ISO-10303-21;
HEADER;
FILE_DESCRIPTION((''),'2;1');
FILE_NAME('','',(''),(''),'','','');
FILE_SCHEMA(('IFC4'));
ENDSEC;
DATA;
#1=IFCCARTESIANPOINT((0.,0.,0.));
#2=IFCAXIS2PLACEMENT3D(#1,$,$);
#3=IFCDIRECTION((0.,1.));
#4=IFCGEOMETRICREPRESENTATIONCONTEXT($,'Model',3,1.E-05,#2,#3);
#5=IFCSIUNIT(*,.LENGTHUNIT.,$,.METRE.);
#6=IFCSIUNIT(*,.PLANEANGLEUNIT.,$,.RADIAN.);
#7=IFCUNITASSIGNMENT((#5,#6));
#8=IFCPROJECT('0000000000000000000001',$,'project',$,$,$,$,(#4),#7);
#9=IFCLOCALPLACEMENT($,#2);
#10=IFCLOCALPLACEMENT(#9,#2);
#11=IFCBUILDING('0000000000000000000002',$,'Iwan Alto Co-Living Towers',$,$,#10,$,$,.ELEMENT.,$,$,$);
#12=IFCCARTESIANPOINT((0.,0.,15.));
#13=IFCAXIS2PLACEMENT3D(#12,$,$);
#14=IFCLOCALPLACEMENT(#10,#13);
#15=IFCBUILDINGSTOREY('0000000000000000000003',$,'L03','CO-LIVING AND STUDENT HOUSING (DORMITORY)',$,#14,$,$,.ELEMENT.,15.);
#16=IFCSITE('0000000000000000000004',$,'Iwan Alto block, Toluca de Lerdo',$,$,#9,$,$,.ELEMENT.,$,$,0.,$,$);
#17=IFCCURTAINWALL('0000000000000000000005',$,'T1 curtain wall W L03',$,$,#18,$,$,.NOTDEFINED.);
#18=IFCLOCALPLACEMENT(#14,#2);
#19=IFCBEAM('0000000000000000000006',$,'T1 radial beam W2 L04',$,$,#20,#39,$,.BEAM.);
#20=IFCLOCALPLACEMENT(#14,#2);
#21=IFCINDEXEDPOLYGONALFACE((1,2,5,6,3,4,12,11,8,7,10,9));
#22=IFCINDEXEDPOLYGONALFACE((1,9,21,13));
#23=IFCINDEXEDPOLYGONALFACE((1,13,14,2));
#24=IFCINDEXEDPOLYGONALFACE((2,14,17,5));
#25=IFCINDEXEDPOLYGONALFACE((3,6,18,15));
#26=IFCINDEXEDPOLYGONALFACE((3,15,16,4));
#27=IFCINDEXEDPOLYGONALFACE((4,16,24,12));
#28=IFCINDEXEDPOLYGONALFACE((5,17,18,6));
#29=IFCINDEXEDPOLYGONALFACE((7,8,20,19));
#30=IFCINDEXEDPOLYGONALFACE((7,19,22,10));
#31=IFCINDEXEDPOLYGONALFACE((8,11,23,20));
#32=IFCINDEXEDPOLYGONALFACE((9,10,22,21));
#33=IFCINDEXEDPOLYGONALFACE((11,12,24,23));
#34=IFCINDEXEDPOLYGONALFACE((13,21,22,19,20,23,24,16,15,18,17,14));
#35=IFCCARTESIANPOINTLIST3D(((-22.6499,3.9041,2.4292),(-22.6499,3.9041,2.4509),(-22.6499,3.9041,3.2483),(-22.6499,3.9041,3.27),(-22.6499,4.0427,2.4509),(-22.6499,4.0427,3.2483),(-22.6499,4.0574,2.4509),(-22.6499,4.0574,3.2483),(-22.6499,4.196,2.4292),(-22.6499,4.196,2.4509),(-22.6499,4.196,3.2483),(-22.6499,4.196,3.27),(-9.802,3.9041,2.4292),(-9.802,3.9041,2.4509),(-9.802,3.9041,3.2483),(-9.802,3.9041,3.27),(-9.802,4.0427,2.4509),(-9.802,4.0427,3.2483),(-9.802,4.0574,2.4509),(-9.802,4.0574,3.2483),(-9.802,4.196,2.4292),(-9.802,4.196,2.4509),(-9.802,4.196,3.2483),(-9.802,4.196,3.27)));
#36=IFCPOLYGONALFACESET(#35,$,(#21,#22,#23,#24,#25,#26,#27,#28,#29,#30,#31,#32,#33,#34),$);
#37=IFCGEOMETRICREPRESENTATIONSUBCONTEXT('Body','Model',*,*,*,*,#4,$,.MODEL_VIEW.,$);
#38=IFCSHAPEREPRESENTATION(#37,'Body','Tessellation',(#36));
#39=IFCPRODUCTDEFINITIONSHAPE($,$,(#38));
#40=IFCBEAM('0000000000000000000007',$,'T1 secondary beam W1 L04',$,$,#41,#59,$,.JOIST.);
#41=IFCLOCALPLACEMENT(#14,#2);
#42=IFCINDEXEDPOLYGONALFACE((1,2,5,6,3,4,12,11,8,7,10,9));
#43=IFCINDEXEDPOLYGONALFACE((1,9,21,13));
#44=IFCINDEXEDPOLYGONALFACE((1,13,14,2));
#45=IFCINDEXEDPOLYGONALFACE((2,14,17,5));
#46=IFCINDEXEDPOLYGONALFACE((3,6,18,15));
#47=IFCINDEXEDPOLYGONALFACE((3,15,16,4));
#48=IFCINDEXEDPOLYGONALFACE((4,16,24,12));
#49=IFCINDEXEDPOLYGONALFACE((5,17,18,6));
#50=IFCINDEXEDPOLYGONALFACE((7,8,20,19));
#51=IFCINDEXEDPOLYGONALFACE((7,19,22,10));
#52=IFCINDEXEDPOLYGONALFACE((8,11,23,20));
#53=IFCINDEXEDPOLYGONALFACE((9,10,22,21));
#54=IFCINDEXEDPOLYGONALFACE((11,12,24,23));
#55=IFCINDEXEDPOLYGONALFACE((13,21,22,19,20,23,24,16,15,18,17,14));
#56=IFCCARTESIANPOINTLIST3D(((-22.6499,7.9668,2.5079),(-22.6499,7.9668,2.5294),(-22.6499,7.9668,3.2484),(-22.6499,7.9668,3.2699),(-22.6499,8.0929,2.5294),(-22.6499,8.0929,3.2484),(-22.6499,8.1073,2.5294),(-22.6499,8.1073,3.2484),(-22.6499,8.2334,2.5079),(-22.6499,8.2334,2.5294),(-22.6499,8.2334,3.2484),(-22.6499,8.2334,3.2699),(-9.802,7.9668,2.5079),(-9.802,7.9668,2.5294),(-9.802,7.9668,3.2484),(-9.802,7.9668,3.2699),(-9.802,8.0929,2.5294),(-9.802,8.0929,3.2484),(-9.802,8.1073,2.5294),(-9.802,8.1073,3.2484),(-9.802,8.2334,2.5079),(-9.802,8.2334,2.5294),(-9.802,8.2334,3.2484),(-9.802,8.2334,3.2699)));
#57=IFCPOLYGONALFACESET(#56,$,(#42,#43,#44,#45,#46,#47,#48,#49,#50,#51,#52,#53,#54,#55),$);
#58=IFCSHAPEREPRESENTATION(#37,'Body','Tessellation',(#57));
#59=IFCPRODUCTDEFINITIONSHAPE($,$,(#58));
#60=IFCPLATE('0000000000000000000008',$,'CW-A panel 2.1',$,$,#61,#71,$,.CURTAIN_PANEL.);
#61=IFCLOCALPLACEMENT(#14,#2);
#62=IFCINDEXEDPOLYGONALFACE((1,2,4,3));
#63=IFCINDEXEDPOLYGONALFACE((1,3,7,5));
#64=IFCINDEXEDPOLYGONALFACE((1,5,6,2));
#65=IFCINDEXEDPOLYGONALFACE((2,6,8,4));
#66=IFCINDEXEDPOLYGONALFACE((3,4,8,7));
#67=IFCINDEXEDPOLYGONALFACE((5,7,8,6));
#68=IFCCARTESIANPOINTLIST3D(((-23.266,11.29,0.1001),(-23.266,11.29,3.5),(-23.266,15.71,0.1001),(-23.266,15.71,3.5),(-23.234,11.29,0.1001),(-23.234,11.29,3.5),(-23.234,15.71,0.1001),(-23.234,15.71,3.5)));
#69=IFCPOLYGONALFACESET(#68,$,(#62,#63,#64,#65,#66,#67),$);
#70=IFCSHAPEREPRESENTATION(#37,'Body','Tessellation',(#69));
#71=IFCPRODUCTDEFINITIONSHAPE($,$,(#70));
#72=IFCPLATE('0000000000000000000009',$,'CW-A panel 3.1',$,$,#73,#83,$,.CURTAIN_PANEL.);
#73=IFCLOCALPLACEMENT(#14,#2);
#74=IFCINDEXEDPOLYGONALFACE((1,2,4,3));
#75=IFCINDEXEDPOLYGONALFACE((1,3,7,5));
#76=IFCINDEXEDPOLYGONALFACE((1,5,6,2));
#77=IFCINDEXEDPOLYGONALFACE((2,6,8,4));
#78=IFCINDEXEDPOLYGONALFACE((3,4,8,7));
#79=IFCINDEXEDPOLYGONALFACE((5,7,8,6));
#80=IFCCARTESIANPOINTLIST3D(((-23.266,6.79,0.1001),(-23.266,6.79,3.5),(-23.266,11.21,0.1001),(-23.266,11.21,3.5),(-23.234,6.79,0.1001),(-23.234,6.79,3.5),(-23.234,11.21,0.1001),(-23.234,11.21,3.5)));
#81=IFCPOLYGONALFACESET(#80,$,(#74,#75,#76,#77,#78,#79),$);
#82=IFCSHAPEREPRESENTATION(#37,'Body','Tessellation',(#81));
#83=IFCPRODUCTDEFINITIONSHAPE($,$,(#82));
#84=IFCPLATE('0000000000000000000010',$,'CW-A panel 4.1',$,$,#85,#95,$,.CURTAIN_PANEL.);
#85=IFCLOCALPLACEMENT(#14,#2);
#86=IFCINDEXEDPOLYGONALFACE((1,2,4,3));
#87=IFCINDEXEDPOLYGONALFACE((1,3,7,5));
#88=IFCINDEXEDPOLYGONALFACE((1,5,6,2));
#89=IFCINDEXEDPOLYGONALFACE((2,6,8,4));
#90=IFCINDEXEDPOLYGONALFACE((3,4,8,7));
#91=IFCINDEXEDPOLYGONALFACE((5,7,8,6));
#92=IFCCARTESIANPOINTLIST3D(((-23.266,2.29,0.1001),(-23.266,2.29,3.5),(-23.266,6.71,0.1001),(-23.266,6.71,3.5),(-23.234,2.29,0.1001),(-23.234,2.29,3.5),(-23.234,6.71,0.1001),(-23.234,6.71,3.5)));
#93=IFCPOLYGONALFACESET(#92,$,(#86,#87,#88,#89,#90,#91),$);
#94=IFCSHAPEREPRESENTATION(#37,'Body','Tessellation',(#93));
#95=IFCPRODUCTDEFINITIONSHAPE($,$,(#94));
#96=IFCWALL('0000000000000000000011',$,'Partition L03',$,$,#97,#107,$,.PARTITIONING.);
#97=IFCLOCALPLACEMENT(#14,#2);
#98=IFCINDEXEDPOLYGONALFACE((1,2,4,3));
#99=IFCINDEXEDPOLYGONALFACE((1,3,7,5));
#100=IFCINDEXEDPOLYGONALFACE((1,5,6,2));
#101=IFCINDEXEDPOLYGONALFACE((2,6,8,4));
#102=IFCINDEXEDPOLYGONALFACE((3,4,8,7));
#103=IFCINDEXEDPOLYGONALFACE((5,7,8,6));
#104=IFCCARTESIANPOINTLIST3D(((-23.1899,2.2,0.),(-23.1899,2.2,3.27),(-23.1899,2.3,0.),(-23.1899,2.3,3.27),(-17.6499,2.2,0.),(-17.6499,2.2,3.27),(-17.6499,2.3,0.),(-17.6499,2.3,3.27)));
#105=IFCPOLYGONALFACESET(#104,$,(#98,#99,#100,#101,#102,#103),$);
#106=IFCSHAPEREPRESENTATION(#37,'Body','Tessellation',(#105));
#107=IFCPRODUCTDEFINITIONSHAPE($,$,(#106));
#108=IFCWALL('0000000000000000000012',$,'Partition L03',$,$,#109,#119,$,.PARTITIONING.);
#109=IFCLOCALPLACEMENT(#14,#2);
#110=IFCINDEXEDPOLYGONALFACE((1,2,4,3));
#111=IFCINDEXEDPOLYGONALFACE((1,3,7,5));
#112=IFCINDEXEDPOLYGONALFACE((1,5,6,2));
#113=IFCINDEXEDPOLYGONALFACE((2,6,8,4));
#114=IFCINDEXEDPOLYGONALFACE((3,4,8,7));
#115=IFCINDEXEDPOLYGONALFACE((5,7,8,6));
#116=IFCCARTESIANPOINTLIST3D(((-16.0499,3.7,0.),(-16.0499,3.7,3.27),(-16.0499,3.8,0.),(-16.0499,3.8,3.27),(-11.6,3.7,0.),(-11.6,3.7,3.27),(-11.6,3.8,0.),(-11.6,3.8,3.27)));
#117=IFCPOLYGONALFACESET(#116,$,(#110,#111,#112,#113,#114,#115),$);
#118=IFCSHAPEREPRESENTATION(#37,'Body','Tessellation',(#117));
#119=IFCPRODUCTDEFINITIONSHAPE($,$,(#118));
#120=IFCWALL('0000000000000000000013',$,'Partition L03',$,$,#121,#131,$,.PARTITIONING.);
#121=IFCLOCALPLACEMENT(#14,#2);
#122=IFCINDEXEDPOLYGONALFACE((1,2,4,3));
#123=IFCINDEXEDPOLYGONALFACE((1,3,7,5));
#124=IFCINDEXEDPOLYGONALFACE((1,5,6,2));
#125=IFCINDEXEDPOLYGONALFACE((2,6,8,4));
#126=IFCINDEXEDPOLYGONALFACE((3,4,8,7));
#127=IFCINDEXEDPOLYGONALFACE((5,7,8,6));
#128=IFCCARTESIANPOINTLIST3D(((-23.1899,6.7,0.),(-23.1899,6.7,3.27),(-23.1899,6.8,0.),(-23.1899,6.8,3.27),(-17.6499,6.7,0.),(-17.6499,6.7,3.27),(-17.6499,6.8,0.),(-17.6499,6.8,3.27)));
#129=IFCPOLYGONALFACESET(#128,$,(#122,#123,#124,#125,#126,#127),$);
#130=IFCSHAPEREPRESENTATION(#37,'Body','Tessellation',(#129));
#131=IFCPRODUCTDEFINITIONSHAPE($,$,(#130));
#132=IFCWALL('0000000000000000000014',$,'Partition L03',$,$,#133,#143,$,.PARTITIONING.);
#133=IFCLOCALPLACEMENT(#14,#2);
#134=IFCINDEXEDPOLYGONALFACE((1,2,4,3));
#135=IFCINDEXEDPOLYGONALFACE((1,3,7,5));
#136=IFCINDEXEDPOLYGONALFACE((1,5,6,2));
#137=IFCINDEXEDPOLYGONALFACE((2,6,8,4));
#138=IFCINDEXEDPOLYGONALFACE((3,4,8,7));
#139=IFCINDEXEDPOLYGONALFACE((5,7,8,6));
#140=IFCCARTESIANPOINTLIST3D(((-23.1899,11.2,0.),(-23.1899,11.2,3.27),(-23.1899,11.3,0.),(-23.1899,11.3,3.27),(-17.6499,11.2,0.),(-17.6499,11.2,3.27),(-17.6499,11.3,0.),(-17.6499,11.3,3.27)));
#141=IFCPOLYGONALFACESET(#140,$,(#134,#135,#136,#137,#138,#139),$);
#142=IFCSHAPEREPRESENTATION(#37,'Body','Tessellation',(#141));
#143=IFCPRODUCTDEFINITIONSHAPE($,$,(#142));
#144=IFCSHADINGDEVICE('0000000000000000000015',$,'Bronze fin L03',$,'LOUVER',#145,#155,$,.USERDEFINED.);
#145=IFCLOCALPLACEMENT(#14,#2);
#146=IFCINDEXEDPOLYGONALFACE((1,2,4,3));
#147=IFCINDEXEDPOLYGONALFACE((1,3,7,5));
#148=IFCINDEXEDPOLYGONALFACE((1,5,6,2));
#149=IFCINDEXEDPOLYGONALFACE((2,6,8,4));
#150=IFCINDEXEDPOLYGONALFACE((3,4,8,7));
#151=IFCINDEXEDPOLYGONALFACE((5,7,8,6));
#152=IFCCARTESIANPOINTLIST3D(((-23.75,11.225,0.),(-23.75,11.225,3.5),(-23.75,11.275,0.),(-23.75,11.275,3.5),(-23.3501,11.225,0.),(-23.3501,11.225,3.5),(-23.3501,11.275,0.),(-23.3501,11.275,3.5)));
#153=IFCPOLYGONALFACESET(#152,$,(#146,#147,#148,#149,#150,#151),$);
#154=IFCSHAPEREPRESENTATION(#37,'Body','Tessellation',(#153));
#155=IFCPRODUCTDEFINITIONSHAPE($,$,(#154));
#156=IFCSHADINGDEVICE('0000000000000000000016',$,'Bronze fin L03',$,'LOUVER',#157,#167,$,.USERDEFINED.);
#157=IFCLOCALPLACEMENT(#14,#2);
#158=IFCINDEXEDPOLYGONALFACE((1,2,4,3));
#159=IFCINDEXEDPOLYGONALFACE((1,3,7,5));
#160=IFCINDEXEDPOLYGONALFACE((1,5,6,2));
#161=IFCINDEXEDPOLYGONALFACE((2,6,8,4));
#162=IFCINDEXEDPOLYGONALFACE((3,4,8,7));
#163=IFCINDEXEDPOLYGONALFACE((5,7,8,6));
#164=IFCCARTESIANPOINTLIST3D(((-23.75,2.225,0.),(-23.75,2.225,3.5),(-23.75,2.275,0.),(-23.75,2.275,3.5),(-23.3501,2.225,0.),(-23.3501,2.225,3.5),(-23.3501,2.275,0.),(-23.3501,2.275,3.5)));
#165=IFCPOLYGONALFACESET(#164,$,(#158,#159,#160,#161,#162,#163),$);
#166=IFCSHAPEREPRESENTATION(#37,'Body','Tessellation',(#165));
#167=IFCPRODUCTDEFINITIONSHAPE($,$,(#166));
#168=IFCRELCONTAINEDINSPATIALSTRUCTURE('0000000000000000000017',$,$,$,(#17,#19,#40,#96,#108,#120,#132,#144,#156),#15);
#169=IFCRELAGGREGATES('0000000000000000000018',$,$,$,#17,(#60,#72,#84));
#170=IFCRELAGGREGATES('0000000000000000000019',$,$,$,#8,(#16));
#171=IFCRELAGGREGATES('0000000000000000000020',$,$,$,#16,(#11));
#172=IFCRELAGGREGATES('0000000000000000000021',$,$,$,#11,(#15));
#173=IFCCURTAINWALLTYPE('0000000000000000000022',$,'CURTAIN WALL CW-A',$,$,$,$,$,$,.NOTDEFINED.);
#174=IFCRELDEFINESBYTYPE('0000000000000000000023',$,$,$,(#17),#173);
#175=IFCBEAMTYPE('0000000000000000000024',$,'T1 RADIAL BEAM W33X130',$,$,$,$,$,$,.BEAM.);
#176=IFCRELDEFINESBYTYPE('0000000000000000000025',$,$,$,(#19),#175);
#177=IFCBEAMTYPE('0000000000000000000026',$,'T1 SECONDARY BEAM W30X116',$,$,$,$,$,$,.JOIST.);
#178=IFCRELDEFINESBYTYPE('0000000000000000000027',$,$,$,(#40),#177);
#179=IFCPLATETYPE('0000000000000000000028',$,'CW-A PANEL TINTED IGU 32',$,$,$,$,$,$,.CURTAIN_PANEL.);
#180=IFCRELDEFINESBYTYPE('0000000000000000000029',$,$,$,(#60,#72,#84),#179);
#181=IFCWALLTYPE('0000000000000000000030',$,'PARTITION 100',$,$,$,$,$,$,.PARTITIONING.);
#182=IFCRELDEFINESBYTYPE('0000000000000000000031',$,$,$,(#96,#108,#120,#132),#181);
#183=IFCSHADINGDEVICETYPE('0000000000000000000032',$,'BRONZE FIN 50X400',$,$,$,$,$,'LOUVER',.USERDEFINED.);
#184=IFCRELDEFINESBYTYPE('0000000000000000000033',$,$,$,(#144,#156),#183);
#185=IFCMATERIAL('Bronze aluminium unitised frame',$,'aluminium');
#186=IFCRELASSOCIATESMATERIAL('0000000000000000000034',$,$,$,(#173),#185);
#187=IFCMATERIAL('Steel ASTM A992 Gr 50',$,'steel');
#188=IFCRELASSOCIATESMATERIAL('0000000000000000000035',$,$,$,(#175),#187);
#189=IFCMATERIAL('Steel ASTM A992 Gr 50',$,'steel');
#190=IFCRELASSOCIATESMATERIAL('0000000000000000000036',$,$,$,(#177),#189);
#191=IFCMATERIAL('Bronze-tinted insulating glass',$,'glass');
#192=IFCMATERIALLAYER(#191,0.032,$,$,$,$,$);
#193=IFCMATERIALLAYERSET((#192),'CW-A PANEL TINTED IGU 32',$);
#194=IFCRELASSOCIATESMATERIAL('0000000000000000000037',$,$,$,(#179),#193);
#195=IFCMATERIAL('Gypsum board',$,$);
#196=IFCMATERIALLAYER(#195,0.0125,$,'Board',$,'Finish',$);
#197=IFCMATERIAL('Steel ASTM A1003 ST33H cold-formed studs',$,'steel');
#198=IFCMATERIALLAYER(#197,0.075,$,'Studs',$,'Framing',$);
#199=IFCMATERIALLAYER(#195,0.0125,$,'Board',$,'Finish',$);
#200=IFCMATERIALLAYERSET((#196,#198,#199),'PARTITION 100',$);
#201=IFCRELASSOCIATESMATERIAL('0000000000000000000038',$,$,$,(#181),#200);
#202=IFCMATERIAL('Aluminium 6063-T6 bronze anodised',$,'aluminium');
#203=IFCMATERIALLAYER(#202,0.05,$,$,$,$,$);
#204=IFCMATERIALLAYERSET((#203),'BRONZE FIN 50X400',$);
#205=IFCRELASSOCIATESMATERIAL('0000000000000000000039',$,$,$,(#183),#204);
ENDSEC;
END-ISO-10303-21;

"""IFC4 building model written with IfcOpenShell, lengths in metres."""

from ifc_helpers import new_model, si_unit, direction, frame, frame_2d, origin, origin_2d, place, context, subcontext, project, spatial, rectangle, i_section, extrude, material, layer, layer_set, material_profile, profile_set, type_object, element, aggregate, save


model = new_model("IFC4")

# Units and contexts
model_context = context("Model", 3, precision=1e-05, world=origin(), true_north=direction((0.0, 1.0)))
body_context = subcontext(model_context, "Body", "Model", "MODEL_VIEW")
ifc_project = project(units=[si_unit("LENGTHUNIT", "METRE"), si_unit("PLANEANGLEUNIT", "RADIAN")], contexts=[model_context])

# Site, building, storey
site_placement = place(None, origin())
site = spatial("IfcSite", under=ifc_project, at=site_placement, Name="Iwan Alto block, Toluca de Lerdo", CompositionType="ELEMENT", RefElevation=0.0)
building_placement = place(site_placement, origin())
building = spatial("IfcBuilding", under=site, at=building_placement, Name="Iwan Alto Co-Living Towers", CompositionType="ELEMENT")
storey_placement = place(building_placement, frame((0.0, 0.0, 15.0)))
storey = spatial("IfcBuildingStorey", under=building, at=storey_placement, Name="L03", Description="CO-LIVING AND STUDENT HOUSING (DORMITORY)", CompositionType="ELEMENT", Elevation=15.0)

# Curtain wall
ifc_material_1 = material(Name="Bronze aluminium unitised frame", Category="aluminium")
curtain_wall_type = type_object("IfcCurtainWallType", Name="CURTAIN WALL CW-A", PredefinedType="NOTDEFINED", material=ifc_material_1)
curtain_wall_placement = place(storey_placement, origin())
curtain_wall = element("IfcCurtainWall", 1, at=curtain_wall_placement, inside=storey, type_object=curtain_wall_type, Name="T1 curtain wall W L03", PredefinedType="NOTDEFINED")

# Beams
ifc_material_2 = material(Name="Steel ASTM A992 Gr 50", Category="steel")
ifc_material_profile_1 = material_profile(ifc_material_2, i_section(OverallWidth=0.292, OverallDepth=0.8408, WebThickness=0.0146, FlangeThickness=0.0217, at=origin_2d()), Name="W33X130")
ifc_profile_set_1 = profile_set([ifc_material_profile_1], Name="Steel ASTM A992 Gr 50")
beam_type_1 = type_object("IfcBeamType", Name="T1 RADIAL BEAM W33X130", PredefinedType="BEAM", material=ifc_profile_set_1)
beam_1_placement = place(storey_placement, frame((-22.6499, 4.05, 2.8496), z_axis=(1.0, 0.0, 0.0), x_axis=(0.0, 1.0, 0.0)))
element("IfcBeam", 2, at=beam_1_placement, inside=storey, type_object=beam_type_1, Name="T1 radial beam W2 L04", PredefinedType="BEAM", context=body_context, shape_type="SweptSolid", body=[
    extrude(i_section(OverallWidth=0.292, OverallDepth=0.8408, WebThickness=0.0146, FlangeThickness=0.0217, at=origin_2d()), origin(), (0.0, 0.0, 1.0), 12.8479),
])
ifc_material_3 = material(Name="Steel ASTM A992 Gr 50", Category="steel")
ifc_material_profile_2 = material_profile(ifc_material_3, i_section(OverallWidth=0.2666, OverallDepth=0.762, WebThickness=0.0144, FlangeThickness=0.0215, at=origin_2d()), Name="W30X116")
ifc_profile_set_2 = profile_set([ifc_material_profile_2], Name="Steel ASTM A992 Gr 50")
beam_type_2 = type_object("IfcBeamType", Name="T1 SECONDARY BEAM W30X116", PredefinedType="JOIST", material=ifc_profile_set_2)
beam_2_placement = place(storey_placement, frame((-22.6499, 8.1001, 2.8889), z_axis=(1.0, 0.0, 0.0), x_axis=(0.0, 1.0, 0.0)))
element("IfcBeam", 3, at=beam_2_placement, inside=storey, type_object=beam_type_2, Name="T1 secondary beam W1 L04", PredefinedType="JOIST", context=body_context, shape_type="SweptSolid", body=[
    extrude(i_section(OverallWidth=0.2666, OverallDepth=0.762, WebThickness=0.0144, FlangeThickness=0.0215, at=origin_2d()), origin(), (0.0, 0.0, 1.0), 12.8479),
])

# Plates
ifc_material_4 = material(Name="Bronze-tinted insulating glass", Category="glass")
ifc_layer_1 = layer(ifc_material_4, 0.032)
ifc_layer_set_1 = layer_set([ifc_layer_1], Name="CW-A PANEL TINTED IGU 32")
plate_type = type_object("IfcPlateType", Name="CW-A PANEL TINTED IGU 32", PredefinedType="CURTAIN_PANEL", material=ifc_layer_set_1)
plate_1_placement = place(storey_placement, frame((-23.25, 13.5, 0.1001), z_axis=(0.0, 0.0, 1.0), x_axis=(0.0, -1.0, 0.0)))
plate_1 = element("IfcPlate", 4, at=plate_1_placement, type_object=plate_type, Name="CW-A panel 2.1", PredefinedType="CURTAIN_PANEL", context=body_context, shape_type="SweptSolid", body=[
    extrude(rectangle(XDim=4.4199, YDim=0.032, at=origin_2d()), origin(), (0.0, 0.0, 1.0), 3.3999),
])
plate_2_placement = place(storey_placement, frame((-23.25, 9.0, 0.1001), z_axis=(0.0, 0.0, 1.0), x_axis=(0.0, -1.0, 0.0)))
plate_2 = element("IfcPlate", 5, at=plate_2_placement, type_object=plate_type, Name="CW-A panel 3.1", PredefinedType="CURTAIN_PANEL", context=body_context, shape_type="SweptSolid", body=[
    extrude(rectangle(XDim=4.4199, YDim=0.032, at=origin_2d()), origin(), (0.0, 0.0, 1.0), 3.3999),
])
plate_3_placement = place(storey_placement, frame((-23.25, 4.5, 0.1001), z_axis=(0.0, 0.0, 1.0), x_axis=(0.0, -1.0, 0.0)))
plate_3 = element("IfcPlate", 6, at=plate_3_placement, type_object=plate_type, Name="CW-A panel 4.1", PredefinedType="CURTAIN_PANEL", context=body_context, shape_type="SweptSolid", body=[
    extrude(rectangle(XDim=4.4199, YDim=0.032, at=origin_2d()), origin(), (0.0, 0.0, 1.0), 3.3999),
])
aggregate(curtain_wall, [plate_1, plate_2, plate_3])

# Walls
ifc_material_5 = material(Name="Gypsum board")
ifc_layer_2 = layer(ifc_material_5, 0.0125, Name="Board", Category="Finish")
ifc_material_6 = material(Name="Steel ASTM A1003 ST33H cold-formed studs", Category="steel")
ifc_layer_3 = layer(ifc_material_6, 0.075, Name="Studs", Category="Framing")
ifc_layer_4 = layer(ifc_material_5, 0.0125, Name="Board", Category="Finish")
ifc_layer_set_2 = layer_set([ifc_layer_2, ifc_layer_3, ifc_layer_4], Name="PARTITION 100")
wall_type = type_object("IfcWallType", Name="PARTITION 100", PredefinedType="PARTITIONING", material=ifc_layer_set_2)
wall_1_placement = place(storey_placement, frame((-23.1899, 2.25, 0.0), z_axis=(0.0, 0.0, 1.0), x_axis=(1.0, 0.0, 0.0)))
element("IfcWall", 7, at=wall_1_placement, inside=storey, type_object=wall_type, Name="Partition L03", PredefinedType="PARTITIONING", context=body_context, shape_type="SweptSolid", body=[
    extrude(rectangle(XDim=5.54, YDim=0.1001, at=frame_2d((2.77, 0.0))), origin(), (0.0, 0.0, 1.0), 3.27),
])
wall_2_placement = place(storey_placement, frame((-16.05, 3.75, 0.0), z_axis=(0.0, 0.0, 1.0), x_axis=(1.0, 0.0, 0.0)))
element("IfcWall", 8, at=wall_2_placement, inside=storey, type_object=wall_type, Name="Partition L03", PredefinedType="PARTITIONING", context=body_context, shape_type="SweptSolid", body=[
    extrude(rectangle(XDim=4.45, YDim=0.1001, at=frame_2d((2.2251, 0.0))), origin(), (0.0, 0.0, 1.0), 3.27),
])
for number, where, z_axis, x_axis, name in (
    (9, (-23.1899, 6.75, 0.0), (0.0, 0.0, 1.0), (1.0, 0.0, 0.0), "Partition L03"),
    (10, (-23.1899, 11.25, 0.0), (0.0, 0.0, 1.0), (1.0, 0.0, 0.0), "Partition L03"),
):
    element("IfcWall", number, at=place(storey_placement, frame(where, z_axis=z_axis, x_axis=x_axis)), inside=storey, type_object=wall_type, Name=name, PredefinedType="PARTITIONING", context=body_context, shape_type="SweptSolid", body=[
        extrude(rectangle(XDim=5.54, YDim=0.1001, at=frame_2d((2.77, 0.0))), origin(), (0.0, 0.0, 1.0), 3.27),
    ])

# Shading devices
ifc_material_7 = material(Name="Aluminium 6063-T6 bronze anodised", Category="aluminium")
ifc_layer_5 = layer(ifc_material_7, 0.05)
ifc_layer_set_3 = layer_set([ifc_layer_5], Name="BRONZE FIN 50X400")
shading_device_type = type_object("IfcShadingDeviceType", Name="BRONZE FIN 50X400", ElementType="LOUVER", PredefinedType="USERDEFINED", material=ifc_layer_set_3)
for number, where, z_axis, x_axis, name in (
    (11, (-23.55, 11.25, 0.0), (0.0, 0.0, 1.0), (0.0, -1.0, 0.0), "Bronze fin L03"),
    (12, (-23.55, 2.25, 0.0), (0.0, 0.0, 1.0), (0.0, -1.0, 0.0), "Bronze fin L03"),
):
    element("IfcShadingDevice", number, at=place(storey_placement, frame(where, z_axis=z_axis, x_axis=x_axis)), inside=storey, type_object=shading_device_type, Name=name, ObjectType="LOUVER", PredefinedType="USERDEFINED", context=body_context, shape_type="SweptSolid", body=[
        extrude(rectangle(XDim=0.05, YDim=0.3999, at=origin_2d()), origin(), (0.0, 0.0, 1.0), 3.5),
    ])

save(model, "model.ifc")
